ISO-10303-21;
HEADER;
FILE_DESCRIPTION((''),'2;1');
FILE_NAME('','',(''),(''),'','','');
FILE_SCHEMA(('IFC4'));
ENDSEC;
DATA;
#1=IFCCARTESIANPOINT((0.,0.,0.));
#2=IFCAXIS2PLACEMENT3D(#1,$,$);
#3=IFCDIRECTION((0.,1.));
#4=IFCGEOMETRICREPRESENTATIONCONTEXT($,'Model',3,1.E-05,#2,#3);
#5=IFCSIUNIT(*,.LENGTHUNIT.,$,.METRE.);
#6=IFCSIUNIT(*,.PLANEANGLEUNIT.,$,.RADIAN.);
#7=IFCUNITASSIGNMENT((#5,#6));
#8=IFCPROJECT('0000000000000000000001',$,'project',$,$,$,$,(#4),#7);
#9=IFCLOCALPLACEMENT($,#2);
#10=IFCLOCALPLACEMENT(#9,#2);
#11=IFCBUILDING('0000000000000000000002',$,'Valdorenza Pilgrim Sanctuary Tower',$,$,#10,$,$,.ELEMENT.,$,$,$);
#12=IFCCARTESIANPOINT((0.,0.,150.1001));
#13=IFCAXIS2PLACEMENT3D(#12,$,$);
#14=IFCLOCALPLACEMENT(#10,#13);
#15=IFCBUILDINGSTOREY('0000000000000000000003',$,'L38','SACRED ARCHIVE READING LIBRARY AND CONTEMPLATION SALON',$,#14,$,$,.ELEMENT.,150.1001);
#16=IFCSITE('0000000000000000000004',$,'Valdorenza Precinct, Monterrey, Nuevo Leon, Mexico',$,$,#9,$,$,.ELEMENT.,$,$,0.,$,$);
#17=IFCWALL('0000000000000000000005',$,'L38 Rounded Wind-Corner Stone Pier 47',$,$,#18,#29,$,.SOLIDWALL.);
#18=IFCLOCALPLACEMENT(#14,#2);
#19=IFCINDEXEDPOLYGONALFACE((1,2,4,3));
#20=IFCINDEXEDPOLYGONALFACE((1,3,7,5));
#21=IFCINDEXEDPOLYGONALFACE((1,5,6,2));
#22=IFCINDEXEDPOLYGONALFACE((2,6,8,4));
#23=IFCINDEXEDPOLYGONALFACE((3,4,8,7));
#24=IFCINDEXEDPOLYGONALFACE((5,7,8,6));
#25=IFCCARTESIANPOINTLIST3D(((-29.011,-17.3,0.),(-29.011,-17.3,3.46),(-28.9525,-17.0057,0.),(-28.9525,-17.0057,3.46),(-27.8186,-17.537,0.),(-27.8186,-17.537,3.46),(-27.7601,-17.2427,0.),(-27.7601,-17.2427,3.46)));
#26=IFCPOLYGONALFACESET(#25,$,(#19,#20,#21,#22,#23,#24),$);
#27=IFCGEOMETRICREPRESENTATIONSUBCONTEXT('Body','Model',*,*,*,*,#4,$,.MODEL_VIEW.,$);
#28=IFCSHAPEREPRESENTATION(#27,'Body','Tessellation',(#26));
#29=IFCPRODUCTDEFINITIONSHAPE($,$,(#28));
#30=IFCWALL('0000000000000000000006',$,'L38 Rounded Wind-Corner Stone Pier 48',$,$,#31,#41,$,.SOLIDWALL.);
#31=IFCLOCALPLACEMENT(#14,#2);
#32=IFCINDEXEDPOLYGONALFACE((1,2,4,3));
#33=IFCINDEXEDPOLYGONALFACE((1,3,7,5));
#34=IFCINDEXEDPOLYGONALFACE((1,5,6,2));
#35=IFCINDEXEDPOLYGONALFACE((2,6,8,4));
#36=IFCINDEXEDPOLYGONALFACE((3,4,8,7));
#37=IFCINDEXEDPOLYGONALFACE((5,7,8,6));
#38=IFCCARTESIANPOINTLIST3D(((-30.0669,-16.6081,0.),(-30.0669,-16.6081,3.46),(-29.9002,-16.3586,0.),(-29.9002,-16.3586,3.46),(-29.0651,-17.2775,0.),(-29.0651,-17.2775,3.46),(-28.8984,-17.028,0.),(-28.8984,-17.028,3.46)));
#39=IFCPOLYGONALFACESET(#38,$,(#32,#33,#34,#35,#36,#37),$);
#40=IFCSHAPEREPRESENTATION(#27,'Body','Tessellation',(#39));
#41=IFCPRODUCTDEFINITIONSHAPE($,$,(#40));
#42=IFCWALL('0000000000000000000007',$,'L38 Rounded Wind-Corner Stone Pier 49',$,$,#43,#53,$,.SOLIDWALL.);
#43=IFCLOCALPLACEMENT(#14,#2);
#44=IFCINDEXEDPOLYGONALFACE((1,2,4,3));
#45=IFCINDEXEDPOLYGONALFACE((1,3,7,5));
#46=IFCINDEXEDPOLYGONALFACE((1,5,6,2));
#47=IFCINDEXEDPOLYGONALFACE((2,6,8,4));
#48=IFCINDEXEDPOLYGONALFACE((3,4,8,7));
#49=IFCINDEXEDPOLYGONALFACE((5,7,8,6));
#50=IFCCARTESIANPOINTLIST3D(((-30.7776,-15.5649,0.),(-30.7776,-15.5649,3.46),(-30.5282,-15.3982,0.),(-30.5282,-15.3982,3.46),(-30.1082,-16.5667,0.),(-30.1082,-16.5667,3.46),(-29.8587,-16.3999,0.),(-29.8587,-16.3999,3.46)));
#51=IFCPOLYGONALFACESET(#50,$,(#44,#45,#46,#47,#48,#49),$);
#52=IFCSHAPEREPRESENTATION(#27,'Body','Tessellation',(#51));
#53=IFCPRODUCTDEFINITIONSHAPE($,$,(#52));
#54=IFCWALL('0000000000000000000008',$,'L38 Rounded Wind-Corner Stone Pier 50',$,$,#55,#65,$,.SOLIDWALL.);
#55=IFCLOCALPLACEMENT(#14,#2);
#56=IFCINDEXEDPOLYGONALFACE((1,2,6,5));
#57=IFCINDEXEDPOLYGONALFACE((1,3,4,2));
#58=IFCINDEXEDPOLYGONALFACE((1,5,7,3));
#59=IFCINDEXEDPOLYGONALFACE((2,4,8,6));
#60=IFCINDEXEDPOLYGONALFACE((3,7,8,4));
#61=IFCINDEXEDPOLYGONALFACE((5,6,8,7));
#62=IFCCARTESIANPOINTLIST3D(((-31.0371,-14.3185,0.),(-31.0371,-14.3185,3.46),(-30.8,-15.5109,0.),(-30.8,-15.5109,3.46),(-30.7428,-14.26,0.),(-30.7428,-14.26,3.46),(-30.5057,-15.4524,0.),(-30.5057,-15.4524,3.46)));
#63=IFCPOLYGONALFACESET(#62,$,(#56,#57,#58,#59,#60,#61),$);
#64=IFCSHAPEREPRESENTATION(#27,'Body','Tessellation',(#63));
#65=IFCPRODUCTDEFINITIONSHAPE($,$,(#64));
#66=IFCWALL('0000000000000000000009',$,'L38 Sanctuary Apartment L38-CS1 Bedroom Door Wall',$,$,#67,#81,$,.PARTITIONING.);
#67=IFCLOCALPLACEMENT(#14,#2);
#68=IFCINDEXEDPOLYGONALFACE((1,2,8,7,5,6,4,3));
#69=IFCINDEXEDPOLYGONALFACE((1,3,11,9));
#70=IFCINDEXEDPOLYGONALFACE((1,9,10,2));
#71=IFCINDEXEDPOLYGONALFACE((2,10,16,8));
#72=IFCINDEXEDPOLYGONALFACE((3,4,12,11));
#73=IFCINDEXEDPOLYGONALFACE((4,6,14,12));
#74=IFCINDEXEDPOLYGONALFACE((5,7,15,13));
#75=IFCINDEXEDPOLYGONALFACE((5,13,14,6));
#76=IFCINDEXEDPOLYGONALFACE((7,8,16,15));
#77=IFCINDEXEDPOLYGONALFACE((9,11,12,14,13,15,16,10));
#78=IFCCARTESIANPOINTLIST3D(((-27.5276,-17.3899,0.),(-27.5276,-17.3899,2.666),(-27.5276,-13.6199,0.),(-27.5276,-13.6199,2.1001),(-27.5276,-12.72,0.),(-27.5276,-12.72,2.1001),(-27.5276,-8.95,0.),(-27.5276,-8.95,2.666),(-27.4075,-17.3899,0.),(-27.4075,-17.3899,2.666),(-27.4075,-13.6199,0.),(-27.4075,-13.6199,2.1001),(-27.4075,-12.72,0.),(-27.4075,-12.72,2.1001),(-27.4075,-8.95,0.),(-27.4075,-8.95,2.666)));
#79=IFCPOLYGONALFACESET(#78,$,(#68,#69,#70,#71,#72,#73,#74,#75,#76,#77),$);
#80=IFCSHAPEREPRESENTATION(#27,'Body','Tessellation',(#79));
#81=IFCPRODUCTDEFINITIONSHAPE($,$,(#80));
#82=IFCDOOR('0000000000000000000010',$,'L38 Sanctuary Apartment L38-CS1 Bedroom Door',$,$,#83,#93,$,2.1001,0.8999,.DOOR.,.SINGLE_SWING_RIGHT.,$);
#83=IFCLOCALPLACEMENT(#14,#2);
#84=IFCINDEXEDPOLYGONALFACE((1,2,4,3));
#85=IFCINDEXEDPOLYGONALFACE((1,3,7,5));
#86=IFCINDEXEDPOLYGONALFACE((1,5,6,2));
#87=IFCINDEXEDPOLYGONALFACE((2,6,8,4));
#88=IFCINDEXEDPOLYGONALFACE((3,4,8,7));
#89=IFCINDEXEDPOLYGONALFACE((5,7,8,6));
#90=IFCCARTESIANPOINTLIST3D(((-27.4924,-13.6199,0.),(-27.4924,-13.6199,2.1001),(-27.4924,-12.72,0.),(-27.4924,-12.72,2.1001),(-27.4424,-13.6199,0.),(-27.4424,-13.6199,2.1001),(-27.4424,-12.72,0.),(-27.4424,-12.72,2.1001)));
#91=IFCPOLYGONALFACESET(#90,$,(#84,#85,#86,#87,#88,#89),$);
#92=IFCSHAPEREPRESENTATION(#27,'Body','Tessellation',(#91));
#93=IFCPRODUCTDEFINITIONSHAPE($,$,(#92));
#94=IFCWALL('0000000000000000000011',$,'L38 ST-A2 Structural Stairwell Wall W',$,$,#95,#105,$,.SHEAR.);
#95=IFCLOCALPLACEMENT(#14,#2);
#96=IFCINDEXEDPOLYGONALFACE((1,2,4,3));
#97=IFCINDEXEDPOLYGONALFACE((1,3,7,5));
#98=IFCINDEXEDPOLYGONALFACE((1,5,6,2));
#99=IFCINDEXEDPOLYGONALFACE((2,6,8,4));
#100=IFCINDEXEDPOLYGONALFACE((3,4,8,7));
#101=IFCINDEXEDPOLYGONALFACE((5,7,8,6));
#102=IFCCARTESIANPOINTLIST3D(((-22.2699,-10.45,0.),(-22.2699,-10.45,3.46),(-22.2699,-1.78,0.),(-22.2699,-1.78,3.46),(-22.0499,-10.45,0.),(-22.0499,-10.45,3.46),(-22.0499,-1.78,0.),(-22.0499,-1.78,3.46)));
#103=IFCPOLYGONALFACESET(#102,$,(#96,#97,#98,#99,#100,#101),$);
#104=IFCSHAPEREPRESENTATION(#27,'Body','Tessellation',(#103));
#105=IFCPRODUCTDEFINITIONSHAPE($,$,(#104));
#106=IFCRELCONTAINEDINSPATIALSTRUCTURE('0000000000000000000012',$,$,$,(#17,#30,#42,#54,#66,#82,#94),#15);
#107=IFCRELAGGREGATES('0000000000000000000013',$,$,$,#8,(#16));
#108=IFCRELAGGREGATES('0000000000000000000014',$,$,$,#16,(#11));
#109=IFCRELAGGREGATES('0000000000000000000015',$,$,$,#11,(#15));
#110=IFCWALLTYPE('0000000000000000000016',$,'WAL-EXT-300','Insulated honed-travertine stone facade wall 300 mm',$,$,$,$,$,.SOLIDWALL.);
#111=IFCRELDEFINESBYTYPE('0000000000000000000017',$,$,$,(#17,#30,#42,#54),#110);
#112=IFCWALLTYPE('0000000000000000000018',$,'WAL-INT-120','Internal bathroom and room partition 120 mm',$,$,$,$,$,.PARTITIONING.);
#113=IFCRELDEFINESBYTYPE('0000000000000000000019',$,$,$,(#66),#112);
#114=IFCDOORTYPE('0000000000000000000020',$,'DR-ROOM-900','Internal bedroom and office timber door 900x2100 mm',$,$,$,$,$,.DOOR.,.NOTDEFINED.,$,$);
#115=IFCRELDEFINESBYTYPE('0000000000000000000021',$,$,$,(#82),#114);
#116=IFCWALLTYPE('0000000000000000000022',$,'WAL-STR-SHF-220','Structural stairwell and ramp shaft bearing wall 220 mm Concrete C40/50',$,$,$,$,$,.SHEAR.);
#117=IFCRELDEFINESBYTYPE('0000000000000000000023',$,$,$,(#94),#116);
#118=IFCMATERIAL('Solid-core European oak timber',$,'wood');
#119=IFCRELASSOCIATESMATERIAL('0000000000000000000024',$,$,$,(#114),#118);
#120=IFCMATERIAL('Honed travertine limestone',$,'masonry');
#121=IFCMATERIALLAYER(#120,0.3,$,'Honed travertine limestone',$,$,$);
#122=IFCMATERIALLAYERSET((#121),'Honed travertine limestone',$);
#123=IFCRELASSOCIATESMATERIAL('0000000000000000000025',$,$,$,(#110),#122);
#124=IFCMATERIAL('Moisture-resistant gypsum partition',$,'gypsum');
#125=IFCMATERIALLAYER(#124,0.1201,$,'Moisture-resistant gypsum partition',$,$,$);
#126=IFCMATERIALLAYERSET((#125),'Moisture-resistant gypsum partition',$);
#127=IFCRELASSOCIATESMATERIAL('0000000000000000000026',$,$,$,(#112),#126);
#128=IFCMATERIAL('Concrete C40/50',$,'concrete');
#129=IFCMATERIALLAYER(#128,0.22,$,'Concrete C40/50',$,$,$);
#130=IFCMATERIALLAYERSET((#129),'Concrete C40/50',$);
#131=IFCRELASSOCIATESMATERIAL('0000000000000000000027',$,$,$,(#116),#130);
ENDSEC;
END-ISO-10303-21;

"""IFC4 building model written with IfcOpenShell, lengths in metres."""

from ifc_helpers import new_model, si_unit, direction, frame, frame_2d, origin, place, context, subcontext, project, spatial, rectangle, extrude, material, layer, layer_set, type_object, element, fill, save


model = new_model("IFC4")

# Units and contexts
model_context = context("Model", 3, precision=1e-05, world=origin(), true_north=direction((0.0, 1.0)))
body_context = subcontext(model_context, "Body", "Model", "MODEL_VIEW")
ifc_project = project(units=[si_unit("LENGTHUNIT", "METRE"), si_unit("PLANEANGLEUNIT", "RADIAN")], contexts=[model_context])

# Site, building, storey
site_placement = place(None, origin())
site = spatial("IfcSite", under=ifc_project, at=site_placement, Name="Valdorenza Precinct, Monterrey, Nuevo Leon, Mexico", CompositionType="ELEMENT", RefElevation=0.0)
building_placement = place(site_placement, origin())
building = spatial("IfcBuilding", under=site, at=building_placement, Name="Valdorenza Pilgrim Sanctuary Tower", CompositionType="ELEMENT")
storey_placement = place(building_placement, frame((0.0, 0.0, 150.1001)))
storey = spatial("IfcBuildingStorey", under=building, at=storey_placement, Name="L38", Description="SACRED ARCHIVE READING LIBRARY AND CONTEMPLATION SALON", CompositionType="ELEMENT", Elevation=150.1001)

# Shared definitions
ifc_material_1 = material(Name="Honed travertine limestone", Category="masonry")

# Shared definitions
ifc_material_2 = material(Name="Solid-core European oak timber", Category="wood")
door_type = type_object("IfcDoorType", Name="DR-ROOM-900", Description="Internal bedroom and office timber door 900x2100 mm", OperationType="NOTDEFINED", PredefinedType="DOOR", material=ifc_material_2)

# Walls
ifc_layer_1 = layer(ifc_material_1, 0.3, Name="Honed travertine limestone")
ifc_layer_set_1 = layer_set([ifc_layer_1], Name="Honed travertine limestone")
wall_type_1 = type_object("IfcWallType", Name="WAL-EXT-300", Description="Insulated honed-travertine stone facade wall 300 mm", PredefinedType="SOLIDWALL", material=ifc_layer_set_1)
wall_1_placement = place(storey_placement, frame((-27.7893, -17.3899, 0.0), z_axis=(0.0, 0.0, 1.0), x_axis=(-0.980804, 0.194996, 0.0)))
element("IfcWall", 1, at=wall_1_placement, inside=storey, type_object=wall_type_1, Name="L38 Rounded Wind-Corner Stone Pier 47", PredefinedType="SOLIDWALL", context=body_context, shape_type="SweptSolid", body=[
    extrude(rectangle(XDim=1.2158, YDim=0.3, at=frame_2d((0.6079, 0.0))), origin(), (0.0, 0.0, 1.0), 3.46),
])
for number, where, z_axis, x_axis, name in (
    (2, (-28.9817, -17.1528, 0.0), (0.0, 0.0, 1.0), (-0.831426, 0.555635, 0.0), "L38 Rounded Wind-Corner Stone Pier 48"),
    (3, (-29.9834, -16.4834, 0.0), (0.0, 0.0, 1.0), (-0.555635, 0.831426, 0.0), "L38 Rounded Wind-Corner Stone Pier 49"),
):
    element("IfcWall", number, at=place(storey_placement, frame(where, z_axis=z_axis, x_axis=x_axis)), inside=storey, type_object=wall_type_1, Name=name, PredefinedType="SOLIDWALL", context=body_context, shape_type="SweptSolid", body=[
        extrude(rectangle(XDim=1.2048, YDim=0.3, at=frame_2d((0.6025, 0.0))), origin(), (0.0, 0.0, 1.0), 3.46),
    ])
wall_2_placement = place(storey_placement, frame((-30.6528, -15.4817, 0.0), z_axis=(0.0, 0.0, 1.0), x_axis=(-0.194996, 0.980804, 0.0)))
element("IfcWall", 4, at=wall_2_placement, inside=storey, type_object=wall_type_1, Name="L38 Rounded Wind-Corner Stone Pier 50", PredefinedType="SOLIDWALL", context=body_context, shape_type="SweptSolid", body=[
    extrude(rectangle(XDim=1.2158, YDim=0.3, at=frame_2d((0.6079, 0.0))), origin(), (0.0, 0.0, 1.0), 3.46),
])

# Wall, opening, door
ifc_material_3 = material(Name="Moisture-resistant gypsum partition", Category="gypsum")
ifc_layer_2 = layer(ifc_material_3, 0.1201, Name="Moisture-resistant gypsum partition")
ifc_layer_set_2 = layer_set([ifc_layer_2], Name="Moisture-resistant gypsum partition")
wall_type_2 = type_object("IfcWallType", Name="WAL-INT-120", Description="Internal bathroom and room partition 120 mm", PredefinedType="PARTITIONING", material=ifc_layer_set_2)
wall_3_placement = place(storey_placement, frame((-27.4675, -17.3899, 0.0), z_axis=(0.0, 0.0, 1.0), x_axis=(0.0, 1.0, 0.0)))
wall_3 = element("IfcWall", 5, at=wall_3_placement, inside=storey, type_object=wall_type_2, Name="L38 Sanctuary Apartment L38-CS1 Bedroom Door Wall", PredefinedType="PARTITIONING", context=body_context, shape_type="SweptSolid", body=[
    extrude(rectangle(XDim=8.4399, YDim=0.1201, at=frame_2d((4.22, 0.0))), origin(), (0.0, 0.0, 1.0), 2.666),
])
opening_1_placement = place(wall_3_placement, frame((3.77, 0.0, 0.0)))
opening_1 = element("IfcOpeningElement", 6, at=opening_1_placement, cuts=wall_3, PredefinedType="OPENING", context=body_context, shape_type="SweptSolid", body=[
    extrude(rectangle(XDim=0.8999, YDim=2.1001, at=frame_2d((0.45, 1.05))), frame((0.0, 0.075, 0.0), z_axis=(0.0, -1.0, 0.0), x_axis=(1.0, 0.0, 0.0)), (0.0, 0.0, 1.0), 0.1499),
])
door_1_placement = place(opening_1_placement, origin())
door_1 = element("IfcDoor", 7, at=door_1_placement, inside=storey, type_object=door_type, Name="L38 Sanctuary Apartment L38-CS1 Bedroom Door", OperationType="SINGLE_SWING_RIGHT", OverallHeight=2.1001, OverallWidth=0.8999, PredefinedType="DOOR", context=body_context, shape_type="SweptSolid", body=[
    extrude(rectangle(XDim=0.8999, YDim=2.1001, at=frame_2d((0.45, 1.05))), frame((0.0, 0.0249, 0.0), z_axis=(0.0, -1.0, 0.0), x_axis=(1.0, 0.0, 0.0)), (0.0, 0.0, 1.0), 0.05),
])
fill(opening_1, door_1)

# Wall
ifc_material_4 = material(Name="Concrete C40/50", Category="concrete")
ifc_layer_3 = layer(ifc_material_4, 0.22, Name="Concrete C40/50")
ifc_layer_set_3 = layer_set([ifc_layer_3], Name="Concrete C40/50")
wall_type_3 = type_object("IfcWallType", Name="WAL-STR-SHF-220", Description="Structural stairwell and ramp shaft bearing wall 220 mm Concrete C40/50", PredefinedType="SHEAR", material=ifc_layer_set_3)
wall_4_placement = place(storey_placement, frame((-22.1599, -10.45, 0.0), z_axis=(0.0, 0.0, 1.0), x_axis=(0.0, 1.0, 0.0)))
element("IfcWall", 8, at=wall_4_placement, inside=storey, type_object=wall_type_3, Name="L38 ST-A2 Structural Stairwell Wall W", PredefinedType="SHEAR", context=body_context, shape_type="SweptSolid", body=[
    extrude(rectangle(XDim=8.6699, YDim=0.22, at=frame_2d((4.335, 0.0))), origin(), (0.0, 0.0, 1.0), 3.46),
])

save(model, "model.ifc")
